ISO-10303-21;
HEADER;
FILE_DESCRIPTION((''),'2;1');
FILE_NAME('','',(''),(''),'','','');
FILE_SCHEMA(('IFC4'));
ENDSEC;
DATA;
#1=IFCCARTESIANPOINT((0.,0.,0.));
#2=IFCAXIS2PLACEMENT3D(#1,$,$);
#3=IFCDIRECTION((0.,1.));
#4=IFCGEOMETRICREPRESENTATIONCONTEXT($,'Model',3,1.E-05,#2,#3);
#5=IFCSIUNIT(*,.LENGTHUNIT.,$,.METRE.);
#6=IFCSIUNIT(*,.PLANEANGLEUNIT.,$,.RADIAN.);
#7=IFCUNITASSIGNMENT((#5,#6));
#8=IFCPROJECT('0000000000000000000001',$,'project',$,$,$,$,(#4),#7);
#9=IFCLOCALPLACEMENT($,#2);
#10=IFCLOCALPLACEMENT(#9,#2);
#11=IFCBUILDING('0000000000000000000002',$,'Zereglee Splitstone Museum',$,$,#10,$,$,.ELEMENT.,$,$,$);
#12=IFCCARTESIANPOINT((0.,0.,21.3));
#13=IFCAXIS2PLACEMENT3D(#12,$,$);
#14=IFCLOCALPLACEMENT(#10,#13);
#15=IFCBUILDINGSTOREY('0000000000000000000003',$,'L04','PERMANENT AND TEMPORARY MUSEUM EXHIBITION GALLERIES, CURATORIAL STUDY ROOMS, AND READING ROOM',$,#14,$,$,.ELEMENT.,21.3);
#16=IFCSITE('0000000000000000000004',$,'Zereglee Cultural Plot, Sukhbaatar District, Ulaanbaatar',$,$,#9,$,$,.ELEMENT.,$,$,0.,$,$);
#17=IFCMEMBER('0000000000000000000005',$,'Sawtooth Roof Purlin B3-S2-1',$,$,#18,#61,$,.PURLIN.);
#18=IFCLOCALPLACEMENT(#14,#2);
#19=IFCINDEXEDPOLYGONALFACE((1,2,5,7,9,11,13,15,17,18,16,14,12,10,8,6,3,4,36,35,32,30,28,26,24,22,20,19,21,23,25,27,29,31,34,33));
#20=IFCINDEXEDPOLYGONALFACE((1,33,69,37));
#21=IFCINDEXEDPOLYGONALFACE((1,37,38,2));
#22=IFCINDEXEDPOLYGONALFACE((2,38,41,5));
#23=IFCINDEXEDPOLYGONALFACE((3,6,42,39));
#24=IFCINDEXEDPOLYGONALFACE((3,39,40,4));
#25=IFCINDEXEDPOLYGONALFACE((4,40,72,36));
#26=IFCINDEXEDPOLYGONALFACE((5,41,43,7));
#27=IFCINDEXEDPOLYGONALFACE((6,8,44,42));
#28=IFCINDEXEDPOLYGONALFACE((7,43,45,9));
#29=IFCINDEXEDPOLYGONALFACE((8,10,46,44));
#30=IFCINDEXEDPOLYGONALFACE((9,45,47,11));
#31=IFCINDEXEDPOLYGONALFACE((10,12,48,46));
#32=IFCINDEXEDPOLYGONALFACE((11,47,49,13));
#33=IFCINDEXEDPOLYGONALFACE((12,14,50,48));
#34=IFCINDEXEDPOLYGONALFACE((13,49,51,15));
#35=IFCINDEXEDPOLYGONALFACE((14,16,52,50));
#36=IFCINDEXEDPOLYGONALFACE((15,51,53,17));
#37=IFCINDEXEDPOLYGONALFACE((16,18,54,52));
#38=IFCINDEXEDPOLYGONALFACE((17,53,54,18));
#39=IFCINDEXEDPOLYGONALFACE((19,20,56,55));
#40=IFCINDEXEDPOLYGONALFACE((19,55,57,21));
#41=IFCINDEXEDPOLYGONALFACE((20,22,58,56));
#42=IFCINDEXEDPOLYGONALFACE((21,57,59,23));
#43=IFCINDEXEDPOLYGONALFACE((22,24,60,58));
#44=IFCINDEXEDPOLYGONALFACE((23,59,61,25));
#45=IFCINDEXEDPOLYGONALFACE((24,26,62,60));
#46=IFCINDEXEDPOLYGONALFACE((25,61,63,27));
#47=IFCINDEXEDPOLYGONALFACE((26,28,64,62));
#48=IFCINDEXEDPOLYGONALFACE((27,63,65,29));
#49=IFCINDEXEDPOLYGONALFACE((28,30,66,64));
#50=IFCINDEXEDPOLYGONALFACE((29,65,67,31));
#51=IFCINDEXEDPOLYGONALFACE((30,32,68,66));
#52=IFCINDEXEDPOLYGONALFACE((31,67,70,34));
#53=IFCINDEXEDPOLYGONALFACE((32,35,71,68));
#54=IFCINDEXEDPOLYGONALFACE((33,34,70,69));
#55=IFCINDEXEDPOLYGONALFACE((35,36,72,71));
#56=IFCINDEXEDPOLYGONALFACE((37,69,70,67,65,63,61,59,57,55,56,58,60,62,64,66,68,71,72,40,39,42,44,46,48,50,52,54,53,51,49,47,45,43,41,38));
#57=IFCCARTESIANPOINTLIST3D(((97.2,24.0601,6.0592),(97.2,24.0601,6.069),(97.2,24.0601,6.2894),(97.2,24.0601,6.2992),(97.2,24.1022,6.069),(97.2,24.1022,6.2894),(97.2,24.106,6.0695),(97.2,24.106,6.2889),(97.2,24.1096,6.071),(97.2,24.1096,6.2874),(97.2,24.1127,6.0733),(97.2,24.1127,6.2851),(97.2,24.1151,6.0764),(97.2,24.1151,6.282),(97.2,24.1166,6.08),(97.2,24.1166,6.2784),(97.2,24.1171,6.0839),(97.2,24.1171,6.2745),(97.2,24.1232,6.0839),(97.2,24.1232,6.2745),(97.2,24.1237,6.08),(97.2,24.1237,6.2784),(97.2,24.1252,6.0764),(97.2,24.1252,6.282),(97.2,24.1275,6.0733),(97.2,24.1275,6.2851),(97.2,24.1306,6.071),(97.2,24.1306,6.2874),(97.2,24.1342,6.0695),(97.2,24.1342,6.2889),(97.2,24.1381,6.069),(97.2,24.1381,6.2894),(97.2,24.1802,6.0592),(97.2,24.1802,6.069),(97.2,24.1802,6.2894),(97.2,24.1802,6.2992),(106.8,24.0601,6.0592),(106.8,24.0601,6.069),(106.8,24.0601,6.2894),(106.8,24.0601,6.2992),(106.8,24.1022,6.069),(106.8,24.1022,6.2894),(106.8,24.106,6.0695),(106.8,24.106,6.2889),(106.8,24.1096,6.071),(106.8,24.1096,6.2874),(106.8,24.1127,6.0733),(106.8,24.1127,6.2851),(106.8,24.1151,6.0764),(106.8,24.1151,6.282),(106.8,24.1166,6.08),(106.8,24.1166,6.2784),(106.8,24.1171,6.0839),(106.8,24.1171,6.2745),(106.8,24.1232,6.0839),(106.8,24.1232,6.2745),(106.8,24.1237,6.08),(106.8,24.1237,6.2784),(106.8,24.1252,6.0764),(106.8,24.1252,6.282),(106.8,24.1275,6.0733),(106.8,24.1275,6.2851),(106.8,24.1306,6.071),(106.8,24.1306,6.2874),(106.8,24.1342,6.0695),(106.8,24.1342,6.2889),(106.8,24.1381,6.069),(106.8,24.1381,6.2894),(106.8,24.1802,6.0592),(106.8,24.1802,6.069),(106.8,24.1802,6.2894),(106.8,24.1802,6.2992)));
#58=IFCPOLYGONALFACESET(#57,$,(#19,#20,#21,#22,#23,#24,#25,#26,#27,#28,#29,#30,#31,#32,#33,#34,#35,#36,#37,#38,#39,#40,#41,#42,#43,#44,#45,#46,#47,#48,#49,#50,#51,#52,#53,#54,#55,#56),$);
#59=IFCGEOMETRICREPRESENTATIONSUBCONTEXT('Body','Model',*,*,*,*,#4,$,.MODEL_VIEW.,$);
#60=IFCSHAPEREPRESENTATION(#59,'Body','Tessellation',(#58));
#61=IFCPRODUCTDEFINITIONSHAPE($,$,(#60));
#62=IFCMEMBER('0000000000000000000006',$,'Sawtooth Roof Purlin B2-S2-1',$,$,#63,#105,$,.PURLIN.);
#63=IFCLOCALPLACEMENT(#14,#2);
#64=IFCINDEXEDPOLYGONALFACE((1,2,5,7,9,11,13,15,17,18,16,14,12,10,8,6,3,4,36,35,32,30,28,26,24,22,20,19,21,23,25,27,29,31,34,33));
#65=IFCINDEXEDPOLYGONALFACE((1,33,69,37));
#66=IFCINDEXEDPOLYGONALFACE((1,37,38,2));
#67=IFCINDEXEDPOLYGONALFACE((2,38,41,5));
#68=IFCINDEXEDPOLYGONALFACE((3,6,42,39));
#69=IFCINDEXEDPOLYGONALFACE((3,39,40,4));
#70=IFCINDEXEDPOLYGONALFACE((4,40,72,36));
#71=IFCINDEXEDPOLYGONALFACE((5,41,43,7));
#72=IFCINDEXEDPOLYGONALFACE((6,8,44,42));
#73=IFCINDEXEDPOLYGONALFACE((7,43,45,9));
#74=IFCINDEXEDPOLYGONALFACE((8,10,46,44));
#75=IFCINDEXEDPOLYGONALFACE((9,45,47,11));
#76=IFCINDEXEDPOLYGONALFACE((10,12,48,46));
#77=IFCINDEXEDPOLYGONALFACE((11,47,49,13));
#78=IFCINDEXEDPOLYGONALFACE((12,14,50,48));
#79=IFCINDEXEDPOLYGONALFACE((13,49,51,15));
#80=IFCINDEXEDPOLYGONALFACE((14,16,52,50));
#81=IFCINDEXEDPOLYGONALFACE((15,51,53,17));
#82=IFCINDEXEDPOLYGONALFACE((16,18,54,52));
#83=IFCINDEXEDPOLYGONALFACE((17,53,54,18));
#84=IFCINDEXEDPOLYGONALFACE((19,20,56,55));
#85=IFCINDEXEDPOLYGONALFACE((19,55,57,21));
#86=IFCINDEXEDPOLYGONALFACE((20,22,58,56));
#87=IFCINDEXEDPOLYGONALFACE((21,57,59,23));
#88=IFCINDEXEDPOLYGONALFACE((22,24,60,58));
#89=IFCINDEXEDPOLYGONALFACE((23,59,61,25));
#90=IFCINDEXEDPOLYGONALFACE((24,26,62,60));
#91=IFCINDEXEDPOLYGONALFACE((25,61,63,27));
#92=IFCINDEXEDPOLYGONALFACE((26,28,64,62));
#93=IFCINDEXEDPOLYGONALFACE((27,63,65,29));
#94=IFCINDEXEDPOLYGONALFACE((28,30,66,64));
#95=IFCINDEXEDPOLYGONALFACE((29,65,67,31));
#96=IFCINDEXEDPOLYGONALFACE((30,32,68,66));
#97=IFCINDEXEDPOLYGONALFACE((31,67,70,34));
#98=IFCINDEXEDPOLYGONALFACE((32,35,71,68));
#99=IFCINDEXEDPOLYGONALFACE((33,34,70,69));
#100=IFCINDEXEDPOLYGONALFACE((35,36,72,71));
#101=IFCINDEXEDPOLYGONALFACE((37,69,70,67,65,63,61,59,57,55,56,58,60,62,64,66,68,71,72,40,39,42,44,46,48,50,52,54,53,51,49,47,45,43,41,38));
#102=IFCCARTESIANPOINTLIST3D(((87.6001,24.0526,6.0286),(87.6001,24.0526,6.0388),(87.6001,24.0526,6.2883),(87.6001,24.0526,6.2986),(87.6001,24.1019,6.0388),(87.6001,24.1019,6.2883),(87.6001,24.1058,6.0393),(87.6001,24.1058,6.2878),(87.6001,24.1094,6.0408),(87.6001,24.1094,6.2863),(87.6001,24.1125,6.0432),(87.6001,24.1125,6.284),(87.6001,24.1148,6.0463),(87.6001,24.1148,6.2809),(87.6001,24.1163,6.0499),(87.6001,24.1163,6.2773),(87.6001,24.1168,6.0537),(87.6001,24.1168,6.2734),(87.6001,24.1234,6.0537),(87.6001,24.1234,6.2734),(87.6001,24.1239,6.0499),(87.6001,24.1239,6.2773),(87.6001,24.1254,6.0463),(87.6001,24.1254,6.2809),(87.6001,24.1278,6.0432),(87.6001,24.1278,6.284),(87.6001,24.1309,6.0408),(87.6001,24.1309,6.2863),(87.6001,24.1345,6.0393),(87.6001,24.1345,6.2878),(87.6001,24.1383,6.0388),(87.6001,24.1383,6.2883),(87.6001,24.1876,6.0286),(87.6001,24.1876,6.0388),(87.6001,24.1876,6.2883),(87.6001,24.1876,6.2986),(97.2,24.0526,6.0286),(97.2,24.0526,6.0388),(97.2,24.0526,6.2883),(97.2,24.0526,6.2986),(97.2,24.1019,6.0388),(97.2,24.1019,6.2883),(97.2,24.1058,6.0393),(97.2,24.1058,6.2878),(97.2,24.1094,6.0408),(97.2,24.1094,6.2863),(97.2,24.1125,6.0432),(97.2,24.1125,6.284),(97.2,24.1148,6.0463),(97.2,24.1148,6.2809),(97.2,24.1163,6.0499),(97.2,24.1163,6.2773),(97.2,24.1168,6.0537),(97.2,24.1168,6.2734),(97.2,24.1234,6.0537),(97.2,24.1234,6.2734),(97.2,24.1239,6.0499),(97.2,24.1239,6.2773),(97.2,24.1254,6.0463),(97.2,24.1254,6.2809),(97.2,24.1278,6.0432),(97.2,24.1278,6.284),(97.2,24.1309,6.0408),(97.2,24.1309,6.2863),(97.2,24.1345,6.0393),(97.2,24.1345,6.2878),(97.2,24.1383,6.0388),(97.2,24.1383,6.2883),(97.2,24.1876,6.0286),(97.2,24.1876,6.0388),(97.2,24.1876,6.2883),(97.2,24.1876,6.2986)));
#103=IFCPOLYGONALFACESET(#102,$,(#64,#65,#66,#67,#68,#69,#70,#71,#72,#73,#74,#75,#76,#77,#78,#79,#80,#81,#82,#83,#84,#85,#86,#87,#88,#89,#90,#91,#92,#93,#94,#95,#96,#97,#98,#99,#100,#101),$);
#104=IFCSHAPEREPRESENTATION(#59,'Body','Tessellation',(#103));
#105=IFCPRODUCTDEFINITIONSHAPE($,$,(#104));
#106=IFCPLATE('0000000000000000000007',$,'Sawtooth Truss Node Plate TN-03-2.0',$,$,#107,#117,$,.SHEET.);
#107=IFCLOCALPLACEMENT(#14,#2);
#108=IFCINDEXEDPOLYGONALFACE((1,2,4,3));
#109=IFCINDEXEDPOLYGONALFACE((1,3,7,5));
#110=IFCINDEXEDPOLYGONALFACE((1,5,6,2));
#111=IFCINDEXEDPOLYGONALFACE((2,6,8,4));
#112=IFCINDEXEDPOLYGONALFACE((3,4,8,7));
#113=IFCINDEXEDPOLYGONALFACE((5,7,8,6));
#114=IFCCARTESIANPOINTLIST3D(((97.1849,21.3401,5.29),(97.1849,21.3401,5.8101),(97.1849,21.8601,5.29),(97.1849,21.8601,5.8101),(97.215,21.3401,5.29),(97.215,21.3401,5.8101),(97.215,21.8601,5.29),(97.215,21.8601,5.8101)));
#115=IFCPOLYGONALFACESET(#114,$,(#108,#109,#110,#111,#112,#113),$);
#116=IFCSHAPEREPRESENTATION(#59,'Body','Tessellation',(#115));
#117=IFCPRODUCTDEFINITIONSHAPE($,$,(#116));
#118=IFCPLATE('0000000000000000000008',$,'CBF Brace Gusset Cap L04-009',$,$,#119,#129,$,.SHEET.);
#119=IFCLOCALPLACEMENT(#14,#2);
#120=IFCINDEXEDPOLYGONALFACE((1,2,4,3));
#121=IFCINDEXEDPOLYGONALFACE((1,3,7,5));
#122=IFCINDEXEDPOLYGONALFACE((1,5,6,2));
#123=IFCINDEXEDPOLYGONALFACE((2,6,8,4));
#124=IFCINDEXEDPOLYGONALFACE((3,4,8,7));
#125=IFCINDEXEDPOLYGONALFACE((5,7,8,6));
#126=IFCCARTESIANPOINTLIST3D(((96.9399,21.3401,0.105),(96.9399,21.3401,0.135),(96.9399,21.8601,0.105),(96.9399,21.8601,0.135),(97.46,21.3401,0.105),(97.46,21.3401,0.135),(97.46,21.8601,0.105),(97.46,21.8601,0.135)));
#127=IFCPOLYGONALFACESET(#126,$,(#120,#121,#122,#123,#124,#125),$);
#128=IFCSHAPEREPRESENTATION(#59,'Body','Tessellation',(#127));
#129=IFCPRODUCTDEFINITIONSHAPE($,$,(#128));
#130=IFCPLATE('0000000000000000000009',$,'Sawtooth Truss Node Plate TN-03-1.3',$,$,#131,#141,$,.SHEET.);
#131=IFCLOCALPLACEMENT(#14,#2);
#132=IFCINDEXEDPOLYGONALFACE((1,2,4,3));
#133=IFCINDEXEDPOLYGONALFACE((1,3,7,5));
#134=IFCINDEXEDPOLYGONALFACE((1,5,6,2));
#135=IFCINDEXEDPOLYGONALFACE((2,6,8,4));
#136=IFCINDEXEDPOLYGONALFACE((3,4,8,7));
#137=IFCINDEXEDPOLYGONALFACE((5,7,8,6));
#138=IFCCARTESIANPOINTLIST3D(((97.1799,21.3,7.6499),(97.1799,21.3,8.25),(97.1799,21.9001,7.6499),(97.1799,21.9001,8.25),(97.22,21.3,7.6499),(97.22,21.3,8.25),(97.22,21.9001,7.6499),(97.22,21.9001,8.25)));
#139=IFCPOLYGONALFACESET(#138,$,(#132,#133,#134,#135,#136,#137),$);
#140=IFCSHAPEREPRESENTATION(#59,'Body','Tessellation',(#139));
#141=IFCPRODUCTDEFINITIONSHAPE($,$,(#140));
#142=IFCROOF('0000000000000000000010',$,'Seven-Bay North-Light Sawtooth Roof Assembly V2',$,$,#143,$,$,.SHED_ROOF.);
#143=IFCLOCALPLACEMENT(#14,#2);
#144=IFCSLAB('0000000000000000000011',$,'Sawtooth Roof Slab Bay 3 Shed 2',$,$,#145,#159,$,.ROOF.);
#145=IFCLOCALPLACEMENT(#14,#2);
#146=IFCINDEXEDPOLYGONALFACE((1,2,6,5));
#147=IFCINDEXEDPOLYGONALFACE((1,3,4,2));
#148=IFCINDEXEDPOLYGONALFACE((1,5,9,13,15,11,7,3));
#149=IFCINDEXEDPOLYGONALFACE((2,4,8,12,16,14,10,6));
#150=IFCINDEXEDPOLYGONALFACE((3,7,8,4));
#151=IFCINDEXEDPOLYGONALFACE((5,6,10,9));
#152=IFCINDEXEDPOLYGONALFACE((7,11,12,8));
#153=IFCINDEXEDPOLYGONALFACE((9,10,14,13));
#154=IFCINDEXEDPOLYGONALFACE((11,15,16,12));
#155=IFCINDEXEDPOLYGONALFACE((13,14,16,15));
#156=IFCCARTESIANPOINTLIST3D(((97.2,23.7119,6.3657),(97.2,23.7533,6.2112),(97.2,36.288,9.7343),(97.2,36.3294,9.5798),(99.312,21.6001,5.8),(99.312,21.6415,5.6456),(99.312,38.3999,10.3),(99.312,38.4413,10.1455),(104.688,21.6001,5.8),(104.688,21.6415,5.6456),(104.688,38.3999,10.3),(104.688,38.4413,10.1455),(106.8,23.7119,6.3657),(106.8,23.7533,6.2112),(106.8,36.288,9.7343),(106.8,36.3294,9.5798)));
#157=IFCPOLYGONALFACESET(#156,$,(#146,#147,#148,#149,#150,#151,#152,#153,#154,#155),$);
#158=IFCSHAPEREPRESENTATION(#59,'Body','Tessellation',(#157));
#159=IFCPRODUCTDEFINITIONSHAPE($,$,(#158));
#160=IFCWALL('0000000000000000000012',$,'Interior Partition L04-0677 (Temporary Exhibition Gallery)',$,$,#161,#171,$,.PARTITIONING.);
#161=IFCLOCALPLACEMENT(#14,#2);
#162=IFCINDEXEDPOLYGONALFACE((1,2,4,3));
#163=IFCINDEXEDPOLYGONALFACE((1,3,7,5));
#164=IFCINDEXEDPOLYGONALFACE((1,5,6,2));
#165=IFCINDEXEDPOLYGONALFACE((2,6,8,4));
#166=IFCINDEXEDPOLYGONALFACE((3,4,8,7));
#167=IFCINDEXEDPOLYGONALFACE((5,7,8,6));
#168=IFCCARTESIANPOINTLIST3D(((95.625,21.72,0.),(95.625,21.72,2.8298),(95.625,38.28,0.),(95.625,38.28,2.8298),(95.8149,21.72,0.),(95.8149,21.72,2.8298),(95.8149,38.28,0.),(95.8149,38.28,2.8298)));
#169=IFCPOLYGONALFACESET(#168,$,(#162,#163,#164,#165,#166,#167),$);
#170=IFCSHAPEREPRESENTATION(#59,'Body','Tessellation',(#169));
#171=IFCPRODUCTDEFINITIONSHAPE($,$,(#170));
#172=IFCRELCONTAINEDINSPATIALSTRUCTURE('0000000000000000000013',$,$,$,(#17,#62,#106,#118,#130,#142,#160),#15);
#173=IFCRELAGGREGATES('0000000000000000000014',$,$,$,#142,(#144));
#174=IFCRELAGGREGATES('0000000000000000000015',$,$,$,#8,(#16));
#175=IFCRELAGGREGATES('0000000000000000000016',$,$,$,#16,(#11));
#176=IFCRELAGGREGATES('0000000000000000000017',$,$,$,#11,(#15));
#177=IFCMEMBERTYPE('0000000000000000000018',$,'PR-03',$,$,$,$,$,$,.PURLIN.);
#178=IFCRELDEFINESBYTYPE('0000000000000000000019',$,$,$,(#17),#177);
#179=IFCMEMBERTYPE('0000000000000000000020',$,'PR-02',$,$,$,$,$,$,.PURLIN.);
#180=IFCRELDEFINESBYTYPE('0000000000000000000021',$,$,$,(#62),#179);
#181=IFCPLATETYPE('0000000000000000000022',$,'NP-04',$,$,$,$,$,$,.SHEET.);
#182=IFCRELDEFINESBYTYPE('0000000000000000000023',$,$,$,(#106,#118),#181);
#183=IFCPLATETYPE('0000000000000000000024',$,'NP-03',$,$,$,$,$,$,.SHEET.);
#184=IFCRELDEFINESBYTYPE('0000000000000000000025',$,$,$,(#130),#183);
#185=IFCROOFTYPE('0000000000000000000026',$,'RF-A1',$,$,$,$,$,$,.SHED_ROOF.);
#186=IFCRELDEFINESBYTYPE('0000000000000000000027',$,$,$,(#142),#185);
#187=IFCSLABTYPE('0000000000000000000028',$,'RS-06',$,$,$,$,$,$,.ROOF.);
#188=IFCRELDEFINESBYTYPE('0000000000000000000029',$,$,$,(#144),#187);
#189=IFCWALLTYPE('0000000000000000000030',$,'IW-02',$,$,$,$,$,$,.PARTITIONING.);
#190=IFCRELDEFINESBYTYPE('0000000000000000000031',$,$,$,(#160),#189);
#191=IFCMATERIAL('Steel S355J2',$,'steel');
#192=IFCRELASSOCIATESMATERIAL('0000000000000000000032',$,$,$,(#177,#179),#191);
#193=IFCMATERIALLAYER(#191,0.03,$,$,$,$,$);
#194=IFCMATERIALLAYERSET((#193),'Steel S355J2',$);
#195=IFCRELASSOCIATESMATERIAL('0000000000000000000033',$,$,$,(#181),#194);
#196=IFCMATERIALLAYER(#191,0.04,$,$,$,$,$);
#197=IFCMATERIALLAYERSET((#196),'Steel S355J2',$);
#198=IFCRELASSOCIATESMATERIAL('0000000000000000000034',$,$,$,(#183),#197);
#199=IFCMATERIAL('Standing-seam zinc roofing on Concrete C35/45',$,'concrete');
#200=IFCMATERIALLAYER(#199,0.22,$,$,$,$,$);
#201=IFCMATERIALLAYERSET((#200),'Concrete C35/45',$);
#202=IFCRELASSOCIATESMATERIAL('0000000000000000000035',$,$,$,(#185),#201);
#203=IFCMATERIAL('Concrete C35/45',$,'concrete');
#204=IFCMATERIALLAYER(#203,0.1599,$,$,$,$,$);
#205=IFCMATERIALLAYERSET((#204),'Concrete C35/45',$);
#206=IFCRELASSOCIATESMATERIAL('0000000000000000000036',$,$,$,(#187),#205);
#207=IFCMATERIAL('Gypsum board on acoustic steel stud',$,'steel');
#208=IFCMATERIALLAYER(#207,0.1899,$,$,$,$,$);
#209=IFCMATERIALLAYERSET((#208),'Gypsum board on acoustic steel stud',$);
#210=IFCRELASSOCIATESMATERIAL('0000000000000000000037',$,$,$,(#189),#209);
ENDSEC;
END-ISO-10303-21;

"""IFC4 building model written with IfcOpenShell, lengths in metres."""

from ifc_helpers import new_model, si_unit, direction, frame, frame_2d, origin, origin_2d, place, context, subcontext, project, spatial, polyline, rectangle, i_section, outline, extrude, material, layer, layer_set, material_profile, profile_set, type_object, element, aggregate, save


model = new_model("IFC4")

# Units and contexts
model_context = context("Model", 3, precision=1e-05, world=origin(), true_north=direction((0.0, 1.0)))
body_context = subcontext(model_context, "Body", "Model", "MODEL_VIEW")
ifc_project = project(units=[si_unit("LENGTHUNIT", "METRE"), si_unit("PLANEANGLEUNIT", "RADIAN")], contexts=[model_context])

# Site, building, storey
site_placement = place(None, origin())
site = spatial("IfcSite", under=ifc_project, at=site_placement, Name="Zereglee Cultural Plot, Sukhbaatar District, Ulaanbaatar", CompositionType="ELEMENT", RefElevation=0.0)
building_placement = place(site_placement, origin())
building = spatial("IfcBuilding", under=site, at=building_placement, Name="Zereglee Splitstone Museum", CompositionType="ELEMENT")
storey_placement = place(building_placement, frame((0.0, 0.0, 21.3)))
storey = spatial("IfcBuildingStorey", under=building, at=storey_placement, Name="L04", Description="PERMANENT AND TEMPORARY MUSEUM EXHIBITION GALLERIES, CURATORIAL STUDY ROOMS, AND READING ROOM", CompositionType="ELEMENT", Elevation=21.3)

# Shared definitions
ifc_material_1 = material(Name="Steel S355J2", Category="steel")

# Members
ifc_material_profile_1 = material_profile(ifc_material_1, i_section(OverallWidth=0.1201, OverallDepth=0.24, WebThickness=0.0061, FlangeThickness=0.0098, FilletRadius=0.0149, at=origin_2d()), Name="IPE 240")
ifc_profile_set_1 = profile_set([ifc_material_profile_1], Name="Steel S355J2")
member_type_1 = type_object("IfcMemberType", Name="PR-03", PredefinedType="PURLIN", material=ifc_profile_set_1)
member_1_placement = place(storey_placement, frame((97.2, 24.1201, 6.1792), z_axis=(1.0, 0.0, 0.0), x_axis=(0.0, 1.0, 0.0)))
element("IfcMember", 1, at=member_1_placement, inside=storey, type_object=member_type_1, Name="Sawtooth Roof Purlin B3-S2-1", PredefinedType="PURLIN", context=body_context, shape_type="SweptSolid", body=[
    extrude(i_section(OverallWidth=0.1201, OverallDepth=0.24, WebThickness=0.0061, FlangeThickness=0.0098, FilletRadius=0.0149, at=origin_2d()), origin(), (0.0, 0.0, 1.0), 9.6001),
])
ifc_material_profile_2 = material_profile(ifc_material_1, i_section(OverallWidth=0.135, OverallDepth=0.27, WebThickness=0.0066, FlangeThickness=0.0103, FilletRadius=0.0149, at=origin_2d()), Name="IPE 270")
ifc_profile_set_2 = profile_set([ifc_material_profile_2], Name="Steel S355J2")
member_type_2 = type_object("IfcMemberType", Name="PR-02", PredefinedType="PURLIN", material=ifc_profile_set_2)
member_2_placement = place(storey_placement, frame((87.6001, 24.1201, 6.1636), z_axis=(1.0, 0.0, 0.0), x_axis=(0.0, 1.0, 0.0)))
element("IfcMember", 2, at=member_2_placement, inside=storey, type_object=member_type_2, Name="Sawtooth Roof Purlin B2-S2-1", PredefinedType="PURLIN", context=body_context, shape_type="SweptSolid", body=[
    extrude(i_section(OverallWidth=0.135, OverallDepth=0.27, WebThickness=0.0066, FlangeThickness=0.0103, FilletRadius=0.0149, at=origin_2d()), origin(), (0.0, 0.0, 1.0), 9.5999),
])

# Plates
ifc_layer_1 = layer(ifc_material_1, 0.03)
ifc_layer_set_1 = layer_set([ifc_layer_1], Name="Steel S355J2")
plate_type_1 = type_object("IfcPlateType", Name="NP-04", PredefinedType="SHEET", material=ifc_layer_set_1)
plate_1_placement = place(storey_placement, frame((97.2, 21.6001, 5.29), z_axis=(0.0, 0.0, 1.0), x_axis=(1.0, 0.0, 0.0)))
element("IfcPlate", 3, at=plate_1_placement, inside=storey, type_object=plate_type_1, Name="Sawtooth Truss Node Plate TN-03-2.0", PredefinedType="SHEET", context=body_context, shape_type="SweptSolid", body=[
    extrude(rectangle(XDim=0.03, YDim=0.52, at=origin_2d()), origin(), (0.0, 0.0, 1.0), 0.52),
])
plate_2_placement = place(storey_placement, frame((97.2, 21.6001, 0.105), z_axis=(0.0, 0.0, 1.0), x_axis=(1.0, 0.0, 0.0)))
element("IfcPlate", 4, at=plate_2_placement, inside=storey, type_object=plate_type_1, Name="CBF Brace Gusset Cap L04-009", PredefinedType="SHEET", context=body_context, shape_type="SweptSolid", body=[
    extrude(rectangle(XDim=0.52, YDim=0.52, at=origin_2d()), origin(), (0.0, 0.0, 1.0), 0.03),
])
ifc_layer_2 = layer(ifc_material_1, 0.04)
ifc_layer_set_2 = layer_set([ifc_layer_2], Name="Steel S355J2")
plate_type_2 = type_object("IfcPlateType", Name="NP-03", PredefinedType="SHEET", material=ifc_layer_set_2)
plate_3_placement = place(storey_placement, frame((97.2, 21.6001, 7.6499), z_axis=(0.0, 0.0, 1.0), x_axis=(1.0, 0.0, 0.0)))
element("IfcPlate", 5, at=plate_3_placement, inside=storey, type_object=plate_type_2, Name="Sawtooth Truss Node Plate TN-03-1.3", PredefinedType="SHEET", context=body_context, shape_type="SweptSolid", body=[
    extrude(rectangle(XDim=0.04, YDim=0.6001, at=origin_2d()), origin(), (0.0, 0.0, 1.0), 0.6001),
])

# Roof, slab
ifc_material_2 = material(Name="Standing-seam zinc roofing on Concrete C35/45", Category="concrete")
ifc_layer_3 = layer(ifc_material_2, 0.22)
ifc_layer_set_3 = layer_set([ifc_layer_3], Name="Concrete C35/45")
roof_type = type_object("IfcRoofType", Name="RF-A1", PredefinedType="SHED_ROOF", material=ifc_layer_set_3)
roof_placement = place(storey_placement, origin())
roof = element("IfcRoof", 6, at=roof_placement, inside=storey, type_object=roof_type, Name="Seven-Bay North-Light Sawtooth Roof Assembly V2", PredefinedType="SHED_ROOF")
ifc_material_3 = material(Name="Concrete C35/45", Category="concrete")
ifc_layer_4 = layer(ifc_material_3, 0.1599)
ifc_layer_set_4 = layer_set([ifc_layer_4], Name="Concrete C35/45")
slab_type = type_object("IfcSlabType", Name="RS-06", PredefinedType="ROOF", material=ifc_layer_set_4)
slab_placement = place(storey_placement, frame((99.312, 21.6001, 5.8), z_axis=(0.0, -0.258736, 0.965948), x_axis=(1.0, 0.0, 0.0)))
slab = element("IfcSlab", 7, at=slab_placement, type_object=slab_type, Name="Sawtooth Roof Slab Bay 3 Shed 2", PredefinedType="ROOF", context=body_context, shape_type="SweptSolid", body=[
    extrude(outline(polyline([(0.0, 0.0), (5.376, 0.0), (7.488, 2.1863), (7.488, 15.2057), (5.376, 17.3921), (0.0, 17.3921), (-2.1121, 15.2057), (-2.1121, 2.1863), (0.0, 0.0)])), origin(), (0.0, 0.0, -1.0), 0.1599),
])
aggregate(roof, [slab])

# Wall
ifc_material_4 = material(Name="Gypsum board on acoustic steel stud", Category="steel")
ifc_layer_5 = layer(ifc_material_4, 0.1899)
ifc_layer_set_5 = layer_set([ifc_layer_5], Name="Gypsum board on acoustic steel stud")
wall_type_1 = type_object("IfcWallType", Name="IW-02", PredefinedType="PARTITIONING", material=ifc_layer_set_5)
wall_1_placement = place(storey_placement, frame((95.72, 21.72, 0.0), z_axis=(0.0, 0.0, 1.0), x_axis=(0.0, 1.0, 0.0)))
element("IfcWall", 8, at=wall_1_placement, inside=storey, type_object=wall_type_1, Name="Interior Partition L04-0677 (Temporary Exhibition Gallery)", PredefinedType="PARTITIONING", context=body_context, shape_type="SweptSolid", body=[
    extrude(rectangle(XDim=16.5601, YDim=0.1899, at=frame_2d((8.28, 0.0))), origin(), (0.0, 0.0, 1.0), 2.8298),
])

save(model, "model.ifc")
